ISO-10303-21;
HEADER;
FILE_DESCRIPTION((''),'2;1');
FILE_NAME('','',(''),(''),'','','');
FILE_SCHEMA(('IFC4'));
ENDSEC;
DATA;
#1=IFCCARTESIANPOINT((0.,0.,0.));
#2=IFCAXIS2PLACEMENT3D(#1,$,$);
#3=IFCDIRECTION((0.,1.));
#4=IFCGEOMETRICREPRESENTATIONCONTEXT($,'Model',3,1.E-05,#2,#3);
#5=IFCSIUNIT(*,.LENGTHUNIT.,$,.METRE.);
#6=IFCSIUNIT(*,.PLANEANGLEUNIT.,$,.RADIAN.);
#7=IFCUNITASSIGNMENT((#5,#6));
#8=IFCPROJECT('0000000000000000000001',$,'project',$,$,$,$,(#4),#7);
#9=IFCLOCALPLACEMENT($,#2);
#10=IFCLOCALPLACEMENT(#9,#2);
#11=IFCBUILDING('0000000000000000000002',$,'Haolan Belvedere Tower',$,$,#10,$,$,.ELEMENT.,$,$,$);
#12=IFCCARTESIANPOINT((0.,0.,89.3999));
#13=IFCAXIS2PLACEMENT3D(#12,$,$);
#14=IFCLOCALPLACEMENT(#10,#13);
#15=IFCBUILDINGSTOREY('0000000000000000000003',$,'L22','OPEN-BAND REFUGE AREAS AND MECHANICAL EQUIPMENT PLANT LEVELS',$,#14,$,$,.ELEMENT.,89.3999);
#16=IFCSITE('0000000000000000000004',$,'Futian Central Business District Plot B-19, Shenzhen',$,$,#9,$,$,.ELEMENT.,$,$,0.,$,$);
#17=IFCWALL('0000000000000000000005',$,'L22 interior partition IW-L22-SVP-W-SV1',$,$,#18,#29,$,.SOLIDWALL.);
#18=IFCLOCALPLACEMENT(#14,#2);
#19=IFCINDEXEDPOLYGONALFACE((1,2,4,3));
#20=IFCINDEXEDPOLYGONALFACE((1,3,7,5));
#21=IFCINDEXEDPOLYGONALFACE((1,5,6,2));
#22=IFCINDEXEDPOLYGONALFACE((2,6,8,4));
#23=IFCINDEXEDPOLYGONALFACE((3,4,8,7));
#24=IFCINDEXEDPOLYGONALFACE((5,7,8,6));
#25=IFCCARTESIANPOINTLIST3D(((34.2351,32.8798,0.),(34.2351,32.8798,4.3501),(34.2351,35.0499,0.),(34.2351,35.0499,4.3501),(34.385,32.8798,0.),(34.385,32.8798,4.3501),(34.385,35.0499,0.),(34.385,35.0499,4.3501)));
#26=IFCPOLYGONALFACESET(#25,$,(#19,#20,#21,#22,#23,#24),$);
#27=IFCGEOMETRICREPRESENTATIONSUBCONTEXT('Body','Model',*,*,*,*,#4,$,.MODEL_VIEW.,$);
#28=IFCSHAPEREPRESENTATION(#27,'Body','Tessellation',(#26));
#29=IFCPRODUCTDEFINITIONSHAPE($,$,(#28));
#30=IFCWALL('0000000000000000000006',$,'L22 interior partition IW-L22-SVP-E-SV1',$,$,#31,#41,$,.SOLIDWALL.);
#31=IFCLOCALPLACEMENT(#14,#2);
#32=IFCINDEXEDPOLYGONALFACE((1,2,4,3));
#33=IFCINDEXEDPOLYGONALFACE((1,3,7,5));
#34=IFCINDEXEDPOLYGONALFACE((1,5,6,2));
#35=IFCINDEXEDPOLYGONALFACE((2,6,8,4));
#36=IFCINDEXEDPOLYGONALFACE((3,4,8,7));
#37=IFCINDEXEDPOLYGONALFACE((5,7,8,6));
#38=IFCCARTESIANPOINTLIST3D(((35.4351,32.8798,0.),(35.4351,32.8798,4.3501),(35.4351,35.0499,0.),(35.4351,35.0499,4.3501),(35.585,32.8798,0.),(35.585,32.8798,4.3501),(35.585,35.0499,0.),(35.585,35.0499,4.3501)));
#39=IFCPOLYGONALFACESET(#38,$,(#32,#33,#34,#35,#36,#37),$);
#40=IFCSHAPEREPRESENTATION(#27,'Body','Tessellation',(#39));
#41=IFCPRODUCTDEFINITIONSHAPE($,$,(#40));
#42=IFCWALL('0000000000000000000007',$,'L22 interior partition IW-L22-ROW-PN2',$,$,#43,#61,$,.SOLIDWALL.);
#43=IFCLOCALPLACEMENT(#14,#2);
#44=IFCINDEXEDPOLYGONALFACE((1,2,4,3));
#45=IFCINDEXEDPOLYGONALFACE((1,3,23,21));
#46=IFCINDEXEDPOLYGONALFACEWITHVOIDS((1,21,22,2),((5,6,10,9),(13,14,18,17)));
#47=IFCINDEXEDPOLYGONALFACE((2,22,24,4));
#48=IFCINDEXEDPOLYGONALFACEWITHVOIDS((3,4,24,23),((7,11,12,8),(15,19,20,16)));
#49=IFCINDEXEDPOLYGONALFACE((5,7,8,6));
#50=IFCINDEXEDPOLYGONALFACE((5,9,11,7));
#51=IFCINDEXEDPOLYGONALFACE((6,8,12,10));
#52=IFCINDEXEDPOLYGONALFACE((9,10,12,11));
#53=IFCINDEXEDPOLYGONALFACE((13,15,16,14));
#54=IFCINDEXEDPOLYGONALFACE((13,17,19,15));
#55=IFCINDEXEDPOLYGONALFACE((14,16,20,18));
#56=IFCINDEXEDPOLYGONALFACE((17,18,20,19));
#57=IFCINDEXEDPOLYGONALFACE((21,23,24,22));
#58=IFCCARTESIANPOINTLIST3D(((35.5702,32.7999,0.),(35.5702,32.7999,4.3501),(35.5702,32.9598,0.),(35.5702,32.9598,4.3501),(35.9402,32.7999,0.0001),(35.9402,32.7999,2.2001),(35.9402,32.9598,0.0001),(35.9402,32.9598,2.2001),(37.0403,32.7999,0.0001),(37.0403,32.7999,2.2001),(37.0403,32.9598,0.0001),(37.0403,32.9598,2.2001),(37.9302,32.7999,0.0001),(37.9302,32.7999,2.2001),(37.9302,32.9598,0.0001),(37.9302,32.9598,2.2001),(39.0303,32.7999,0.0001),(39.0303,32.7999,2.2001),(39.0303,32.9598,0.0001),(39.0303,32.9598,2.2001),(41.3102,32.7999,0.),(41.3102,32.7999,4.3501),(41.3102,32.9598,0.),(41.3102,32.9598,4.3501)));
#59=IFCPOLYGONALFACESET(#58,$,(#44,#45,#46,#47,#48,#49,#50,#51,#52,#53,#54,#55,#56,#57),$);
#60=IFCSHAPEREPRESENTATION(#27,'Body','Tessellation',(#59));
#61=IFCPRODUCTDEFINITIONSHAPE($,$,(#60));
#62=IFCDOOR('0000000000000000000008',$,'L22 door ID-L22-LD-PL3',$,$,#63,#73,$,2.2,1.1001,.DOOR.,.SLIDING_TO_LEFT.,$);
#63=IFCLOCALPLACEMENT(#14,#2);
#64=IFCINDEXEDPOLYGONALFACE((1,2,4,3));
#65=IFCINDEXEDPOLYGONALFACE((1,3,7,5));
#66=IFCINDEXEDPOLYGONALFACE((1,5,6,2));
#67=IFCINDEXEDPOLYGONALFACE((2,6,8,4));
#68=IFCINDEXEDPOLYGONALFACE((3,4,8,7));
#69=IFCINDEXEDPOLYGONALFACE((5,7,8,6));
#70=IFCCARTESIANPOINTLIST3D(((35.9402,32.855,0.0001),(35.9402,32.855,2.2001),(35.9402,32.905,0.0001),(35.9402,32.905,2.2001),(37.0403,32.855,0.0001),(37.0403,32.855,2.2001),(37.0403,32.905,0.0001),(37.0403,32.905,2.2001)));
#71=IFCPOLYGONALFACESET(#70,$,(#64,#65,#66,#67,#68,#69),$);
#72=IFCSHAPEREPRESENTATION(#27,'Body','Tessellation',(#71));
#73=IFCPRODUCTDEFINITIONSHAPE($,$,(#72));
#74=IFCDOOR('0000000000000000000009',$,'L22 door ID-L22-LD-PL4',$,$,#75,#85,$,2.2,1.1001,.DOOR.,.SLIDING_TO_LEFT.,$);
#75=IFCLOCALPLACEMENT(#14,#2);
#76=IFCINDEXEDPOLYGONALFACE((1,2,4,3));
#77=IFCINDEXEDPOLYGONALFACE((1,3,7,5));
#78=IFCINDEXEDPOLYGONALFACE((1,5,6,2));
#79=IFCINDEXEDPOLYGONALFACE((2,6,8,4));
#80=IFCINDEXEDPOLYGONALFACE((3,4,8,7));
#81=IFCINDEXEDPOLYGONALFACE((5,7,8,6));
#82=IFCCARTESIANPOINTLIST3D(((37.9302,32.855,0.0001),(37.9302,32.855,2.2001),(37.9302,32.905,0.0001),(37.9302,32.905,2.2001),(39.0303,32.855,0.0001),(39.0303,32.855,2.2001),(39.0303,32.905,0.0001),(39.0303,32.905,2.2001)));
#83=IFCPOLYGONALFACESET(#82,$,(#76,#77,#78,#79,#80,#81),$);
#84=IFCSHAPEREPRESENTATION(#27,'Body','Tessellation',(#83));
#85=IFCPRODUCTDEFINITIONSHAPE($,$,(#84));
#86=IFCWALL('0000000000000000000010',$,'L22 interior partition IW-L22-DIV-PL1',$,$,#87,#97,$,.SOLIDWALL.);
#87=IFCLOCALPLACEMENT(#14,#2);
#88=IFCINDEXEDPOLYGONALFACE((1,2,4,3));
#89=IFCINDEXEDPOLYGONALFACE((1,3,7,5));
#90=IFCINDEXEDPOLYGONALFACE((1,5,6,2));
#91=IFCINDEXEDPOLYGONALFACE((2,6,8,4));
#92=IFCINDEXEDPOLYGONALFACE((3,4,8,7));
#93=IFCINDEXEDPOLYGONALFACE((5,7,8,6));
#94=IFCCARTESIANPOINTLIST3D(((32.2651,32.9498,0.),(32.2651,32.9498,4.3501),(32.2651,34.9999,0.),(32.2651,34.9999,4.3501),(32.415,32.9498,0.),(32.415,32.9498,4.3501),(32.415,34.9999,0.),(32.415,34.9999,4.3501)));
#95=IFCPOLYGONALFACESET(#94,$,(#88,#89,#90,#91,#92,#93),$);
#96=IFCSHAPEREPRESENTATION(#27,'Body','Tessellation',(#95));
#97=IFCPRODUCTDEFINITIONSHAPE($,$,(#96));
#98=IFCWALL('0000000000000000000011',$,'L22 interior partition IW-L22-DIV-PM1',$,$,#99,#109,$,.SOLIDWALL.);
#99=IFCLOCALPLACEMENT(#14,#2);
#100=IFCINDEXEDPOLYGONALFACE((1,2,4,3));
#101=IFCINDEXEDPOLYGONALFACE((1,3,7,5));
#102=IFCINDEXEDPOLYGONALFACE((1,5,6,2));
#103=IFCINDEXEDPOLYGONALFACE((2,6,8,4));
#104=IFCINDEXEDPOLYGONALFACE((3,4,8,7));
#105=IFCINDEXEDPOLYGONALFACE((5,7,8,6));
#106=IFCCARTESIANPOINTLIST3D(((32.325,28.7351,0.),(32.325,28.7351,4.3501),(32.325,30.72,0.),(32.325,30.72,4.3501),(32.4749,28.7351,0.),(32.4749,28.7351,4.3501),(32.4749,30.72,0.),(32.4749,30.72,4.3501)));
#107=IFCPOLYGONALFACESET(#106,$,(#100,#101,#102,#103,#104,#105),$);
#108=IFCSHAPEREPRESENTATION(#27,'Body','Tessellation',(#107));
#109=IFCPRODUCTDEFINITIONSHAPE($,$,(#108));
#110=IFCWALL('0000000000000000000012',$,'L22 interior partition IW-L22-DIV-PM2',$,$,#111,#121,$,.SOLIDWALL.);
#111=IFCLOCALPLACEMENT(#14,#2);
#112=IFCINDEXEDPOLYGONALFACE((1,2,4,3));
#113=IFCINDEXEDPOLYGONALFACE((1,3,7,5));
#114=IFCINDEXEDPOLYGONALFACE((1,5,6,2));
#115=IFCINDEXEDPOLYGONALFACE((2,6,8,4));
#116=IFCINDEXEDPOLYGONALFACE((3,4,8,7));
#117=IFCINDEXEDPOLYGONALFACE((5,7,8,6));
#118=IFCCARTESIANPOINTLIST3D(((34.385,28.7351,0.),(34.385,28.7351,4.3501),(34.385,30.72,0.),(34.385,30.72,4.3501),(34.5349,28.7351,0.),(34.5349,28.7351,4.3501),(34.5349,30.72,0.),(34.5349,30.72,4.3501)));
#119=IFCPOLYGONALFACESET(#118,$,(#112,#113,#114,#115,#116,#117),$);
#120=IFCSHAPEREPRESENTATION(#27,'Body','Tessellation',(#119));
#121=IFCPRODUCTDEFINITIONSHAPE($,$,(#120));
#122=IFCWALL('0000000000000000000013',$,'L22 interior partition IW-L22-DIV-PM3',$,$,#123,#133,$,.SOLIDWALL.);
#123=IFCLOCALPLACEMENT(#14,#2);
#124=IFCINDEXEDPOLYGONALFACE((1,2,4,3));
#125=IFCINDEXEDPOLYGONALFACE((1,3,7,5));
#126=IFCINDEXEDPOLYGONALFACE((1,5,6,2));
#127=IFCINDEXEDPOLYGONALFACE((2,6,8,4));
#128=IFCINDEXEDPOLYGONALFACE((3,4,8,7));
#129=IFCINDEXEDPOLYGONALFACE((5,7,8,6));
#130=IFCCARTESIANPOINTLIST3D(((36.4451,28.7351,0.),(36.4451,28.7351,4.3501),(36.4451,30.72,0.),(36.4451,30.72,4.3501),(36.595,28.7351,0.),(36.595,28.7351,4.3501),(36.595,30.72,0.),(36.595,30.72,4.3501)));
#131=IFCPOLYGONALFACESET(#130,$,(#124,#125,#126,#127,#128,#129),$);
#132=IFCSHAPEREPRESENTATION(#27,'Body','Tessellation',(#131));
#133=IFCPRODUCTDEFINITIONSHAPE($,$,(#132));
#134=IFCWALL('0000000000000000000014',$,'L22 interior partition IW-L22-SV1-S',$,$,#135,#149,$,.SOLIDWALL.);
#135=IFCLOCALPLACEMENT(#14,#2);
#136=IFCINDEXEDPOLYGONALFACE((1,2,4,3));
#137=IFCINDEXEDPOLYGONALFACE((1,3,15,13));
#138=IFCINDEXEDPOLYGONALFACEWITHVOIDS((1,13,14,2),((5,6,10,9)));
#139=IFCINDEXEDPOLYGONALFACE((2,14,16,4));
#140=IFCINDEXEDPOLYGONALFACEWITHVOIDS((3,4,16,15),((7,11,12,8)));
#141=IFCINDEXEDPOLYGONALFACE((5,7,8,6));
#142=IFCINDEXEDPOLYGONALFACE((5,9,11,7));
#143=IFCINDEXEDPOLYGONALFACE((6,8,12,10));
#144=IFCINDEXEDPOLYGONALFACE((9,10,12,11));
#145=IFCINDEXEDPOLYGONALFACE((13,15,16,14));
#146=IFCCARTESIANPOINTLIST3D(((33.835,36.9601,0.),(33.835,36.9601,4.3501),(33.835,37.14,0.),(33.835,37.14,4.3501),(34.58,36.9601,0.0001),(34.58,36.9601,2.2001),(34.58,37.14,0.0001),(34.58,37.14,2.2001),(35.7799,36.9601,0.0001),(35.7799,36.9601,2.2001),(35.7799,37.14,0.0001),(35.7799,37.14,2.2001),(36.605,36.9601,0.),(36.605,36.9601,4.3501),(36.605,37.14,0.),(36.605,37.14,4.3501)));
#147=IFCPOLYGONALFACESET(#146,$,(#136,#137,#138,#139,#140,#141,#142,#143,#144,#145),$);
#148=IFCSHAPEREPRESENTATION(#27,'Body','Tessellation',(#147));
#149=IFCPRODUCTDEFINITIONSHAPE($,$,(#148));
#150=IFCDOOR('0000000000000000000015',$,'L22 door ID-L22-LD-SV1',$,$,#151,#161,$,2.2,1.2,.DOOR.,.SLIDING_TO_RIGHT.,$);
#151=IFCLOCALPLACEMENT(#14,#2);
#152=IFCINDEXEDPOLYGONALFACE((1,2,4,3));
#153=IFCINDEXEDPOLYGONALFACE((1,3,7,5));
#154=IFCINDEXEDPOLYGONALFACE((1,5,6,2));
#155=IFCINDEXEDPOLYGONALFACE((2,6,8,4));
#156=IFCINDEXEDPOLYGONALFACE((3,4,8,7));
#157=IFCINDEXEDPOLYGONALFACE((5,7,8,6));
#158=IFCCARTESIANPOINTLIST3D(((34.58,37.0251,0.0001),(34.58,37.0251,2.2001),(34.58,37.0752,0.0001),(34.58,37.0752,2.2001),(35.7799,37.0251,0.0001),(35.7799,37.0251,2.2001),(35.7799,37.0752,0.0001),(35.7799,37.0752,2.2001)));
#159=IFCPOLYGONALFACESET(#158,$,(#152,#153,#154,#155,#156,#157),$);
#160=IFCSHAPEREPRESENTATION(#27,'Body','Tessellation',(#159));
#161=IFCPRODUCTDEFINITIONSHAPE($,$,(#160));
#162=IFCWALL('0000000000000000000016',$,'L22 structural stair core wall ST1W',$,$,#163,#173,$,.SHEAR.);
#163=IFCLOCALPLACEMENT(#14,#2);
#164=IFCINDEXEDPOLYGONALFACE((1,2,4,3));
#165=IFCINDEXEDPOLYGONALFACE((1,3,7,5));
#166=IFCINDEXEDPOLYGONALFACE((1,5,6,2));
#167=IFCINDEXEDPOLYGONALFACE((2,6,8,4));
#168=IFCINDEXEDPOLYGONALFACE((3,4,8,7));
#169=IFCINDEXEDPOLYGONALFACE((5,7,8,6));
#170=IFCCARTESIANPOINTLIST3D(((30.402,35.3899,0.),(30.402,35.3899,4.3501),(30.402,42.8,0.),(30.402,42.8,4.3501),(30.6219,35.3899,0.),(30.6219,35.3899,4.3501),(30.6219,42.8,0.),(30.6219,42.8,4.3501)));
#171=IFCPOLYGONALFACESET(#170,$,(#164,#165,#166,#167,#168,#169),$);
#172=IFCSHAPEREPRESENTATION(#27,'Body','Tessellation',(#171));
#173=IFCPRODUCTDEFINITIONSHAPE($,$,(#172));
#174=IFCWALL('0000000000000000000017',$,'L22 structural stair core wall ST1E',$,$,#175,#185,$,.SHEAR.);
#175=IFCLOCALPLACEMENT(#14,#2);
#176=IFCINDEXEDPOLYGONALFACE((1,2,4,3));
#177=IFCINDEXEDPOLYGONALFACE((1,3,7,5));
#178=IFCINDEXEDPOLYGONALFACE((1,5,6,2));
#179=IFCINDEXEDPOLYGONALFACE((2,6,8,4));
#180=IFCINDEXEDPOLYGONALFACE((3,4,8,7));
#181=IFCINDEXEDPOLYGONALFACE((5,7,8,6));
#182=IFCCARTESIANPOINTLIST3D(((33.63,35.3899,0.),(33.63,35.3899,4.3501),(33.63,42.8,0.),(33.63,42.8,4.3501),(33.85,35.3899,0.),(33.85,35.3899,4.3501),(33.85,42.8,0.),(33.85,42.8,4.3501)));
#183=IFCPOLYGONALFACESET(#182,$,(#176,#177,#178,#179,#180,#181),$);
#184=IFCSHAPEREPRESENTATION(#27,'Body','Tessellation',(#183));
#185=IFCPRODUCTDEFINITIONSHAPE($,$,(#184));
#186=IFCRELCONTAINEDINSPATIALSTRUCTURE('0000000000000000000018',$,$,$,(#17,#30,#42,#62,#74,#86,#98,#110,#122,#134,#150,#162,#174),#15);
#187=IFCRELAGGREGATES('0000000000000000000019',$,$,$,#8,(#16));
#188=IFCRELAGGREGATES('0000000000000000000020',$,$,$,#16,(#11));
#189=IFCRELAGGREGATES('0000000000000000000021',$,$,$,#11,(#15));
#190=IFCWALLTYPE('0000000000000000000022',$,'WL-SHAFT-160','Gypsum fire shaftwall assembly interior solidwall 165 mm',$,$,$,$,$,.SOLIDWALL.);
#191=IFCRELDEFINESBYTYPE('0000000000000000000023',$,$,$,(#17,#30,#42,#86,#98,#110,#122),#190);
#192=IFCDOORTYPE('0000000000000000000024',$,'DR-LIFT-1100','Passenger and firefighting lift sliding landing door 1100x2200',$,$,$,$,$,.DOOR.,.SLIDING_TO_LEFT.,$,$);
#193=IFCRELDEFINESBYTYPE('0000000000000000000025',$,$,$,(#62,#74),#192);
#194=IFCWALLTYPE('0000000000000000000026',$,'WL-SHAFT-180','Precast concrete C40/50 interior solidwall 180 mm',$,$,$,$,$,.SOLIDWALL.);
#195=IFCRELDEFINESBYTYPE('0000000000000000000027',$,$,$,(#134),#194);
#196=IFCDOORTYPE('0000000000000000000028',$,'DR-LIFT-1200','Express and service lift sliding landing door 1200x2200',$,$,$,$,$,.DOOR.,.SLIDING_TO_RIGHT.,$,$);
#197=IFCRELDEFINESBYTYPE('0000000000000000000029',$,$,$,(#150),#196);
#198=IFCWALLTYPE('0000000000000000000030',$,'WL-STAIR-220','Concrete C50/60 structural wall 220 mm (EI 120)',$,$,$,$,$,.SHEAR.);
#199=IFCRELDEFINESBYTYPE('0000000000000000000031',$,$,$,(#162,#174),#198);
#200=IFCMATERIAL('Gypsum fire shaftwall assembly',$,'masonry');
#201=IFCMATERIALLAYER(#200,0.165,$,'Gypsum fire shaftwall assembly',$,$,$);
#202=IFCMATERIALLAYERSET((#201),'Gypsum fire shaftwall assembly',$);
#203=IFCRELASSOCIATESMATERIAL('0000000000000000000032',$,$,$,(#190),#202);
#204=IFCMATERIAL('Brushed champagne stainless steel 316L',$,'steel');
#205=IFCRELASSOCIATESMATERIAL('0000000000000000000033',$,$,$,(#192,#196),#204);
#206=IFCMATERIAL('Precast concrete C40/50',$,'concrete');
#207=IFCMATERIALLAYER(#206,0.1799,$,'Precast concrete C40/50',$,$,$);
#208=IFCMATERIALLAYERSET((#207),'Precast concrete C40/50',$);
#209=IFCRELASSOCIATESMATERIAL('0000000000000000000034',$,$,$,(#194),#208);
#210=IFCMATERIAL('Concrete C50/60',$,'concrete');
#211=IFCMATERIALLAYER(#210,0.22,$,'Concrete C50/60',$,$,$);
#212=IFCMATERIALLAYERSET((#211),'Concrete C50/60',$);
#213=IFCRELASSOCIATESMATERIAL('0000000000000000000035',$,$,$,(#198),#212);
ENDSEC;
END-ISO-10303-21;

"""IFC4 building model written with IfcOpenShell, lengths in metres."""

from ifc_helpers import new_model, si_unit, direction, frame, frame_2d, origin, place, context, subcontext, project, spatial, rectangle, extrude, material, layer, layer_set, type_object, element, fill, save


model = new_model("IFC4")

# Units and contexts
model_context = context("Model", 3, precision=1e-05, world=origin(), true_north=direction((0.0, 1.0)))
body_context = subcontext(model_context, "Body", "Model", "MODEL_VIEW")
ifc_project = project(units=[si_unit("LENGTHUNIT", "METRE"), si_unit("PLANEANGLEUNIT", "RADIAN")], contexts=[model_context])

# Site, building, storey
site_placement = place(None, origin())
site = spatial("IfcSite", under=ifc_project, at=site_placement, Name="Futian Central Business District Plot B-19, Shenzhen", CompositionType="ELEMENT", RefElevation=0.0)
building_placement = place(site_placement, origin())
building = spatial("IfcBuilding", under=site, at=building_placement, Name="Haolan Belvedere Tower", CompositionType="ELEMENT")
storey_placement = place(building_placement, frame((0.0, 0.0, 89.3999)))
storey = spatial("IfcBuildingStorey", under=building, at=storey_placement, Name="L22", Description="OPEN-BAND REFUGE AREAS AND MECHANICAL EQUIPMENT PLANT LEVELS", CompositionType="ELEMENT", Elevation=89.3999)

# Walls
ifc_material_1 = material(Name="Gypsum fire shaftwall assembly", Category="masonry")
ifc_layer_1 = layer(ifc_material_1, 0.165, Name="Gypsum fire shaftwall assembly")
ifc_layer_set_1 = layer_set([ifc_layer_1], Name="Gypsum fire shaftwall assembly")
wall_type_1 = type_object("IfcWallType", Name="WL-SHAFT-160", Description="Gypsum fire shaftwall assembly interior solidwall 165 mm", PredefinedType="SOLIDWALL", material=ifc_layer_set_1)
for number, where, z_axis, x_axis, name in (
    (1, (34.3101, 32.8799, 0.0), (0.0, 0.0, 1.0), (0.0, 1.0, 0.0), "L22 interior partition IW-L22-SVP-W-SV1"),
    (2, (35.51, 32.8799, 0.0), (0.0, 0.0, 1.0), (0.0, 1.0, 0.0), "L22 interior partition IW-L22-SVP-E-SV1"),
):
    element("IfcWall", number, at=place(storey_placement, frame(where, z_axis=z_axis, x_axis=x_axis)), inside=storey, type_object=wall_type_1, Name=name, PredefinedType="SOLIDWALL", context=body_context, shape_type="SweptSolid", body=[
        extrude(rectangle(XDim=2.1702, YDim=0.1499, at=frame_2d((1.085, 0.0))), origin(), (0.0, 0.0, 1.0), 4.3501),
    ])

# Wall, openings, doors
wall_1_placement = place(storey_placement, frame((35.5701, 32.8799, 0.0), z_axis=(0.0, 0.0, 1.0), x_axis=(1.0, 0.0, 0.0)))
wall_1 = element("IfcWall", 3, at=wall_1_placement, inside=storey, type_object=wall_type_1, Name="L22 interior partition IW-L22-ROW-PN2", PredefinedType="SOLIDWALL", context=body_context, shape_type="SweptSolid", body=[
    extrude(rectangle(XDim=5.74, YDim=0.1599, at=frame_2d((2.8701, 0.0))), origin(), (0.0, 0.0, 1.0), 4.3501),
])
opening_1_placement = place(wall_1_placement, frame((1.4702, 0.0, 0.0), z_axis=(0.0, 0.0, 1.0), x_axis=(-1.0, 0.0, 0.0)))
opening_1 = element("IfcOpeningElement", 4, at=opening_1_placement, cuts=wall_1, PredefinedType="OPENING", context=body_context, shape_type="SweptSolid", body=[
    extrude(rectangle(XDim=1.1001, YDim=2.2, at=frame_2d((0.55, 1.1001))), frame((0.0, 0.0898, 0.0), z_axis=(0.0, -1.0, 0.0), x_axis=(1.0, 0.0, 0.0)), (0.0, 0.0, 1.0), 0.1799),
])
opening_2_placement = place(wall_1_placement, frame((3.4602, 0.0, 0.0), z_axis=(0.0, 0.0, 1.0), x_axis=(-1.0, 0.0, 0.0)))
opening_2 = element("IfcOpeningElement", 5, at=opening_2_placement, cuts=wall_1, PredefinedType="OPENING", context=body_context, shape_type="SweptSolid", body=[
    extrude(rectangle(XDim=1.1001, YDim=2.2, at=frame_2d((0.55, 1.1001))), frame((0.0, 0.0898, 0.0), z_axis=(0.0, -1.0, 0.0), x_axis=(1.0, 0.0, 0.0)), (0.0, 0.0, 1.0), 0.1799),
])
ifc_material_2 = material(Name="Brushed champagne stainless steel 316L", Category="steel")
door_type_1 = type_object("IfcDoorType", Name="DR-LIFT-1100", Description="Passenger and firefighting lift sliding landing door 1100x2200", OperationType="SLIDING_TO_LEFT", PredefinedType="DOOR", material=ifc_material_2)
door_1_placement = place(opening_1_placement, origin())
door_1 = element("IfcDoor", 6, at=door_1_placement, inside=storey, type_object=door_type_1, Name="L22 door ID-L22-LD-PL3", OperationType="SLIDING_TO_LEFT", OverallHeight=2.2, OverallWidth=1.1001, PredefinedType="DOOR", context=body_context, shape_type="SweptSolid", body=[
    extrude(rectangle(XDim=1.1001, YDim=2.2, at=frame_2d((0.55, 1.1001))), frame((0.0, 0.0249, 0.0), z_axis=(0.0, -1.0, 0.0), x_axis=(1.0, 0.0, 0.0)), (0.0, 0.0, 1.0), 0.05),
])
fill(opening_1, door_1)
door_2_placement = place(opening_2_placement, origin())
door_2 = element("IfcDoor", 7, at=door_2_placement, inside=storey, type_object=door_type_1, Name="L22 door ID-L22-LD-PL4", OperationType="SLIDING_TO_LEFT", OverallHeight=2.2, OverallWidth=1.1001, PredefinedType="DOOR", context=body_context, shape_type="SweptSolid", body=[
    extrude(rectangle(XDim=1.1001, YDim=2.2, at=frame_2d((0.55, 1.1001))), frame((0.0, 0.0249, 0.0), z_axis=(0.0, -1.0, 0.0), x_axis=(1.0, 0.0, 0.0)), (0.0, 0.0, 1.0), 0.05),
])
fill(opening_2, door_2)

# Walls
wall_2_placement = place(storey_placement, frame((32.3401, 32.95, 0.0), z_axis=(0.0, 0.0, 1.0), x_axis=(0.0, 1.0, 0.0)))
element("IfcWall", 8, at=wall_2_placement, inside=storey, type_object=wall_type_1, Name="L22 interior partition IW-L22-DIV-PL1", PredefinedType="SOLIDWALL", context=body_context, shape_type="SweptSolid", body=[
    extrude(rectangle(XDim=2.05, YDim=0.1499, at=frame_2d((1.0249, 0.0))), origin(), (0.0, 0.0, 1.0), 4.3501),
])
for number, where, z_axis, x_axis, name in (
    (9, (32.3999, 28.7351, 0.0), (0.0, 0.0, 1.0), (0.0, 1.0, 0.0), "L22 interior partition IW-L22-DIV-PM1"),
    (10, (34.46, 28.7351, 0.0), (0.0, 0.0, 1.0), (0.0, 1.0, 0.0), "L22 interior partition IW-L22-DIV-PM2"),
    (11, (36.52, 28.7351, 0.0), (0.0, 0.0, 1.0), (0.0, 1.0, 0.0), "L22 interior partition IW-L22-DIV-PM3"),
):
    element("IfcWall", number, at=place(storey_placement, frame(where, z_axis=z_axis, x_axis=x_axis)), inside=storey, type_object=wall_type_1, Name=name, PredefinedType="SOLIDWALL", context=body_context, shape_type="SweptSolid", body=[
        extrude(rectangle(XDim=1.9849, YDim=0.1499, at=frame_2d((0.9924, 0.0))), origin(), (0.0, 0.0, 1.0), 4.3501),
    ])

# Wall, opening, door
ifc_material_3 = material(Name="Precast concrete C40/50", Category="concrete")
ifc_layer_2 = layer(ifc_material_3, 0.1799, Name="Precast concrete C40/50")
ifc_layer_set_2 = layer_set([ifc_layer_2], Name="Precast concrete C40/50")
wall_type_2 = type_object("IfcWallType", Name="WL-SHAFT-180", Description="Precast concrete C40/50 interior solidwall 180 mm", PredefinedType="SOLIDWALL", material=ifc_layer_set_2)
wall_3_placement = place(storey_placement, frame((33.835, 37.05, 0.0), z_axis=(0.0, 0.0, 1.0), x_axis=(1.0, 0.0, 0.0)))
wall_3 = element("IfcWall", 12, at=wall_3_placement, inside=storey, type_object=wall_type_2, Name="L22 interior partition IW-L22-SV1-S", PredefinedType="SOLIDWALL", context=body_context, shape_type="SweptSolid", body=[
    extrude(rectangle(XDim=2.77, YDim=0.1799, at=frame_2d((1.385, 0.0))), origin(), (0.0, 0.0, 1.0), 4.3501),
])
opening_3_placement = place(wall_3_placement, frame((1.9451, 0.0, 0.0), z_axis=(0.0, 0.0, 1.0), x_axis=(-1.0, 0.0, 0.0)))
opening_3 = element("IfcOpeningElement", 13, at=opening_3_placement, cuts=wall_3, PredefinedType="OPENING", context=body_context, shape_type="SweptSolid", body=[
    extrude(rectangle(XDim=1.2, YDim=2.2, at=frame_2d((0.6001, 1.1001))), frame((0.0, 0.0999, 0.0), z_axis=(0.0, -1.0, 0.0), x_axis=(1.0, 0.0, 0.0)), (0.0, 0.0, 1.0), 0.2),
])
door_type_2 = type_object("IfcDoorType", Name="DR-LIFT-1200", Description="Express and service lift sliding landing door 1200x2200", OperationType="SLIDING_TO_RIGHT", PredefinedType="DOOR", material=ifc_material_2)
door_3_placement = place(opening_3_placement, origin())
door_3 = element("IfcDoor", 14, at=door_3_placement, inside=storey, type_object=door_type_2, Name="L22 door ID-L22-LD-SV1", OperationType="SLIDING_TO_RIGHT", OverallHeight=2.2, OverallWidth=1.2, PredefinedType="DOOR", context=body_context, shape_type="SweptSolid", body=[
    extrude(rectangle(XDim=1.2, YDim=2.2, at=frame_2d((0.6001, 1.1001))), frame((0.0, 0.0249, 0.0), z_axis=(0.0, -1.0, 0.0), x_axis=(1.0, 0.0, 0.0)), (0.0, 0.0, 1.0), 0.05),
])
fill(opening_3, door_3)

# Walls
ifc_material_4 = material(Name="Concrete C50/60", Category="concrete")
ifc_layer_3 = layer(ifc_material_4, 0.22, Name="Concrete C50/60")
ifc_layer_set_3 = layer_set([ifc_layer_3], Name="Concrete C50/60")
wall_type_3 = type_object("IfcWallType", Name="WL-STAIR-220", Description="Concrete C50/60 structural wall 220 mm (EI 120)", PredefinedType="SHEAR", material=ifc_layer_set_3)
for number, where, z_axis, x_axis, name in (
    (15, (30.512, 35.3899, 0.0), (0.0, 0.0, 1.0), (0.0, 1.0, 0.0), "L22 structural stair core wall ST1W"),
    (16, (33.74, 35.3899, 0.0), (0.0, 0.0, 1.0), (0.0, 1.0, 0.0), "L22 structural stair core wall ST1E"),
):
    element("IfcWall", number, at=place(storey_placement, frame(where, z_axis=z_axis, x_axis=x_axis)), inside=storey, type_object=wall_type_3, Name=name, PredefinedType="SHEAR", context=body_context, shape_type="SweptSolid", body=[
        extrude(rectangle(XDim=7.4102, YDim=0.22, at=frame_2d((3.7051, 0.0))), origin(), (0.0, 0.0, 1.0), 4.3501),
    ])

save(model, "model.ifc")
